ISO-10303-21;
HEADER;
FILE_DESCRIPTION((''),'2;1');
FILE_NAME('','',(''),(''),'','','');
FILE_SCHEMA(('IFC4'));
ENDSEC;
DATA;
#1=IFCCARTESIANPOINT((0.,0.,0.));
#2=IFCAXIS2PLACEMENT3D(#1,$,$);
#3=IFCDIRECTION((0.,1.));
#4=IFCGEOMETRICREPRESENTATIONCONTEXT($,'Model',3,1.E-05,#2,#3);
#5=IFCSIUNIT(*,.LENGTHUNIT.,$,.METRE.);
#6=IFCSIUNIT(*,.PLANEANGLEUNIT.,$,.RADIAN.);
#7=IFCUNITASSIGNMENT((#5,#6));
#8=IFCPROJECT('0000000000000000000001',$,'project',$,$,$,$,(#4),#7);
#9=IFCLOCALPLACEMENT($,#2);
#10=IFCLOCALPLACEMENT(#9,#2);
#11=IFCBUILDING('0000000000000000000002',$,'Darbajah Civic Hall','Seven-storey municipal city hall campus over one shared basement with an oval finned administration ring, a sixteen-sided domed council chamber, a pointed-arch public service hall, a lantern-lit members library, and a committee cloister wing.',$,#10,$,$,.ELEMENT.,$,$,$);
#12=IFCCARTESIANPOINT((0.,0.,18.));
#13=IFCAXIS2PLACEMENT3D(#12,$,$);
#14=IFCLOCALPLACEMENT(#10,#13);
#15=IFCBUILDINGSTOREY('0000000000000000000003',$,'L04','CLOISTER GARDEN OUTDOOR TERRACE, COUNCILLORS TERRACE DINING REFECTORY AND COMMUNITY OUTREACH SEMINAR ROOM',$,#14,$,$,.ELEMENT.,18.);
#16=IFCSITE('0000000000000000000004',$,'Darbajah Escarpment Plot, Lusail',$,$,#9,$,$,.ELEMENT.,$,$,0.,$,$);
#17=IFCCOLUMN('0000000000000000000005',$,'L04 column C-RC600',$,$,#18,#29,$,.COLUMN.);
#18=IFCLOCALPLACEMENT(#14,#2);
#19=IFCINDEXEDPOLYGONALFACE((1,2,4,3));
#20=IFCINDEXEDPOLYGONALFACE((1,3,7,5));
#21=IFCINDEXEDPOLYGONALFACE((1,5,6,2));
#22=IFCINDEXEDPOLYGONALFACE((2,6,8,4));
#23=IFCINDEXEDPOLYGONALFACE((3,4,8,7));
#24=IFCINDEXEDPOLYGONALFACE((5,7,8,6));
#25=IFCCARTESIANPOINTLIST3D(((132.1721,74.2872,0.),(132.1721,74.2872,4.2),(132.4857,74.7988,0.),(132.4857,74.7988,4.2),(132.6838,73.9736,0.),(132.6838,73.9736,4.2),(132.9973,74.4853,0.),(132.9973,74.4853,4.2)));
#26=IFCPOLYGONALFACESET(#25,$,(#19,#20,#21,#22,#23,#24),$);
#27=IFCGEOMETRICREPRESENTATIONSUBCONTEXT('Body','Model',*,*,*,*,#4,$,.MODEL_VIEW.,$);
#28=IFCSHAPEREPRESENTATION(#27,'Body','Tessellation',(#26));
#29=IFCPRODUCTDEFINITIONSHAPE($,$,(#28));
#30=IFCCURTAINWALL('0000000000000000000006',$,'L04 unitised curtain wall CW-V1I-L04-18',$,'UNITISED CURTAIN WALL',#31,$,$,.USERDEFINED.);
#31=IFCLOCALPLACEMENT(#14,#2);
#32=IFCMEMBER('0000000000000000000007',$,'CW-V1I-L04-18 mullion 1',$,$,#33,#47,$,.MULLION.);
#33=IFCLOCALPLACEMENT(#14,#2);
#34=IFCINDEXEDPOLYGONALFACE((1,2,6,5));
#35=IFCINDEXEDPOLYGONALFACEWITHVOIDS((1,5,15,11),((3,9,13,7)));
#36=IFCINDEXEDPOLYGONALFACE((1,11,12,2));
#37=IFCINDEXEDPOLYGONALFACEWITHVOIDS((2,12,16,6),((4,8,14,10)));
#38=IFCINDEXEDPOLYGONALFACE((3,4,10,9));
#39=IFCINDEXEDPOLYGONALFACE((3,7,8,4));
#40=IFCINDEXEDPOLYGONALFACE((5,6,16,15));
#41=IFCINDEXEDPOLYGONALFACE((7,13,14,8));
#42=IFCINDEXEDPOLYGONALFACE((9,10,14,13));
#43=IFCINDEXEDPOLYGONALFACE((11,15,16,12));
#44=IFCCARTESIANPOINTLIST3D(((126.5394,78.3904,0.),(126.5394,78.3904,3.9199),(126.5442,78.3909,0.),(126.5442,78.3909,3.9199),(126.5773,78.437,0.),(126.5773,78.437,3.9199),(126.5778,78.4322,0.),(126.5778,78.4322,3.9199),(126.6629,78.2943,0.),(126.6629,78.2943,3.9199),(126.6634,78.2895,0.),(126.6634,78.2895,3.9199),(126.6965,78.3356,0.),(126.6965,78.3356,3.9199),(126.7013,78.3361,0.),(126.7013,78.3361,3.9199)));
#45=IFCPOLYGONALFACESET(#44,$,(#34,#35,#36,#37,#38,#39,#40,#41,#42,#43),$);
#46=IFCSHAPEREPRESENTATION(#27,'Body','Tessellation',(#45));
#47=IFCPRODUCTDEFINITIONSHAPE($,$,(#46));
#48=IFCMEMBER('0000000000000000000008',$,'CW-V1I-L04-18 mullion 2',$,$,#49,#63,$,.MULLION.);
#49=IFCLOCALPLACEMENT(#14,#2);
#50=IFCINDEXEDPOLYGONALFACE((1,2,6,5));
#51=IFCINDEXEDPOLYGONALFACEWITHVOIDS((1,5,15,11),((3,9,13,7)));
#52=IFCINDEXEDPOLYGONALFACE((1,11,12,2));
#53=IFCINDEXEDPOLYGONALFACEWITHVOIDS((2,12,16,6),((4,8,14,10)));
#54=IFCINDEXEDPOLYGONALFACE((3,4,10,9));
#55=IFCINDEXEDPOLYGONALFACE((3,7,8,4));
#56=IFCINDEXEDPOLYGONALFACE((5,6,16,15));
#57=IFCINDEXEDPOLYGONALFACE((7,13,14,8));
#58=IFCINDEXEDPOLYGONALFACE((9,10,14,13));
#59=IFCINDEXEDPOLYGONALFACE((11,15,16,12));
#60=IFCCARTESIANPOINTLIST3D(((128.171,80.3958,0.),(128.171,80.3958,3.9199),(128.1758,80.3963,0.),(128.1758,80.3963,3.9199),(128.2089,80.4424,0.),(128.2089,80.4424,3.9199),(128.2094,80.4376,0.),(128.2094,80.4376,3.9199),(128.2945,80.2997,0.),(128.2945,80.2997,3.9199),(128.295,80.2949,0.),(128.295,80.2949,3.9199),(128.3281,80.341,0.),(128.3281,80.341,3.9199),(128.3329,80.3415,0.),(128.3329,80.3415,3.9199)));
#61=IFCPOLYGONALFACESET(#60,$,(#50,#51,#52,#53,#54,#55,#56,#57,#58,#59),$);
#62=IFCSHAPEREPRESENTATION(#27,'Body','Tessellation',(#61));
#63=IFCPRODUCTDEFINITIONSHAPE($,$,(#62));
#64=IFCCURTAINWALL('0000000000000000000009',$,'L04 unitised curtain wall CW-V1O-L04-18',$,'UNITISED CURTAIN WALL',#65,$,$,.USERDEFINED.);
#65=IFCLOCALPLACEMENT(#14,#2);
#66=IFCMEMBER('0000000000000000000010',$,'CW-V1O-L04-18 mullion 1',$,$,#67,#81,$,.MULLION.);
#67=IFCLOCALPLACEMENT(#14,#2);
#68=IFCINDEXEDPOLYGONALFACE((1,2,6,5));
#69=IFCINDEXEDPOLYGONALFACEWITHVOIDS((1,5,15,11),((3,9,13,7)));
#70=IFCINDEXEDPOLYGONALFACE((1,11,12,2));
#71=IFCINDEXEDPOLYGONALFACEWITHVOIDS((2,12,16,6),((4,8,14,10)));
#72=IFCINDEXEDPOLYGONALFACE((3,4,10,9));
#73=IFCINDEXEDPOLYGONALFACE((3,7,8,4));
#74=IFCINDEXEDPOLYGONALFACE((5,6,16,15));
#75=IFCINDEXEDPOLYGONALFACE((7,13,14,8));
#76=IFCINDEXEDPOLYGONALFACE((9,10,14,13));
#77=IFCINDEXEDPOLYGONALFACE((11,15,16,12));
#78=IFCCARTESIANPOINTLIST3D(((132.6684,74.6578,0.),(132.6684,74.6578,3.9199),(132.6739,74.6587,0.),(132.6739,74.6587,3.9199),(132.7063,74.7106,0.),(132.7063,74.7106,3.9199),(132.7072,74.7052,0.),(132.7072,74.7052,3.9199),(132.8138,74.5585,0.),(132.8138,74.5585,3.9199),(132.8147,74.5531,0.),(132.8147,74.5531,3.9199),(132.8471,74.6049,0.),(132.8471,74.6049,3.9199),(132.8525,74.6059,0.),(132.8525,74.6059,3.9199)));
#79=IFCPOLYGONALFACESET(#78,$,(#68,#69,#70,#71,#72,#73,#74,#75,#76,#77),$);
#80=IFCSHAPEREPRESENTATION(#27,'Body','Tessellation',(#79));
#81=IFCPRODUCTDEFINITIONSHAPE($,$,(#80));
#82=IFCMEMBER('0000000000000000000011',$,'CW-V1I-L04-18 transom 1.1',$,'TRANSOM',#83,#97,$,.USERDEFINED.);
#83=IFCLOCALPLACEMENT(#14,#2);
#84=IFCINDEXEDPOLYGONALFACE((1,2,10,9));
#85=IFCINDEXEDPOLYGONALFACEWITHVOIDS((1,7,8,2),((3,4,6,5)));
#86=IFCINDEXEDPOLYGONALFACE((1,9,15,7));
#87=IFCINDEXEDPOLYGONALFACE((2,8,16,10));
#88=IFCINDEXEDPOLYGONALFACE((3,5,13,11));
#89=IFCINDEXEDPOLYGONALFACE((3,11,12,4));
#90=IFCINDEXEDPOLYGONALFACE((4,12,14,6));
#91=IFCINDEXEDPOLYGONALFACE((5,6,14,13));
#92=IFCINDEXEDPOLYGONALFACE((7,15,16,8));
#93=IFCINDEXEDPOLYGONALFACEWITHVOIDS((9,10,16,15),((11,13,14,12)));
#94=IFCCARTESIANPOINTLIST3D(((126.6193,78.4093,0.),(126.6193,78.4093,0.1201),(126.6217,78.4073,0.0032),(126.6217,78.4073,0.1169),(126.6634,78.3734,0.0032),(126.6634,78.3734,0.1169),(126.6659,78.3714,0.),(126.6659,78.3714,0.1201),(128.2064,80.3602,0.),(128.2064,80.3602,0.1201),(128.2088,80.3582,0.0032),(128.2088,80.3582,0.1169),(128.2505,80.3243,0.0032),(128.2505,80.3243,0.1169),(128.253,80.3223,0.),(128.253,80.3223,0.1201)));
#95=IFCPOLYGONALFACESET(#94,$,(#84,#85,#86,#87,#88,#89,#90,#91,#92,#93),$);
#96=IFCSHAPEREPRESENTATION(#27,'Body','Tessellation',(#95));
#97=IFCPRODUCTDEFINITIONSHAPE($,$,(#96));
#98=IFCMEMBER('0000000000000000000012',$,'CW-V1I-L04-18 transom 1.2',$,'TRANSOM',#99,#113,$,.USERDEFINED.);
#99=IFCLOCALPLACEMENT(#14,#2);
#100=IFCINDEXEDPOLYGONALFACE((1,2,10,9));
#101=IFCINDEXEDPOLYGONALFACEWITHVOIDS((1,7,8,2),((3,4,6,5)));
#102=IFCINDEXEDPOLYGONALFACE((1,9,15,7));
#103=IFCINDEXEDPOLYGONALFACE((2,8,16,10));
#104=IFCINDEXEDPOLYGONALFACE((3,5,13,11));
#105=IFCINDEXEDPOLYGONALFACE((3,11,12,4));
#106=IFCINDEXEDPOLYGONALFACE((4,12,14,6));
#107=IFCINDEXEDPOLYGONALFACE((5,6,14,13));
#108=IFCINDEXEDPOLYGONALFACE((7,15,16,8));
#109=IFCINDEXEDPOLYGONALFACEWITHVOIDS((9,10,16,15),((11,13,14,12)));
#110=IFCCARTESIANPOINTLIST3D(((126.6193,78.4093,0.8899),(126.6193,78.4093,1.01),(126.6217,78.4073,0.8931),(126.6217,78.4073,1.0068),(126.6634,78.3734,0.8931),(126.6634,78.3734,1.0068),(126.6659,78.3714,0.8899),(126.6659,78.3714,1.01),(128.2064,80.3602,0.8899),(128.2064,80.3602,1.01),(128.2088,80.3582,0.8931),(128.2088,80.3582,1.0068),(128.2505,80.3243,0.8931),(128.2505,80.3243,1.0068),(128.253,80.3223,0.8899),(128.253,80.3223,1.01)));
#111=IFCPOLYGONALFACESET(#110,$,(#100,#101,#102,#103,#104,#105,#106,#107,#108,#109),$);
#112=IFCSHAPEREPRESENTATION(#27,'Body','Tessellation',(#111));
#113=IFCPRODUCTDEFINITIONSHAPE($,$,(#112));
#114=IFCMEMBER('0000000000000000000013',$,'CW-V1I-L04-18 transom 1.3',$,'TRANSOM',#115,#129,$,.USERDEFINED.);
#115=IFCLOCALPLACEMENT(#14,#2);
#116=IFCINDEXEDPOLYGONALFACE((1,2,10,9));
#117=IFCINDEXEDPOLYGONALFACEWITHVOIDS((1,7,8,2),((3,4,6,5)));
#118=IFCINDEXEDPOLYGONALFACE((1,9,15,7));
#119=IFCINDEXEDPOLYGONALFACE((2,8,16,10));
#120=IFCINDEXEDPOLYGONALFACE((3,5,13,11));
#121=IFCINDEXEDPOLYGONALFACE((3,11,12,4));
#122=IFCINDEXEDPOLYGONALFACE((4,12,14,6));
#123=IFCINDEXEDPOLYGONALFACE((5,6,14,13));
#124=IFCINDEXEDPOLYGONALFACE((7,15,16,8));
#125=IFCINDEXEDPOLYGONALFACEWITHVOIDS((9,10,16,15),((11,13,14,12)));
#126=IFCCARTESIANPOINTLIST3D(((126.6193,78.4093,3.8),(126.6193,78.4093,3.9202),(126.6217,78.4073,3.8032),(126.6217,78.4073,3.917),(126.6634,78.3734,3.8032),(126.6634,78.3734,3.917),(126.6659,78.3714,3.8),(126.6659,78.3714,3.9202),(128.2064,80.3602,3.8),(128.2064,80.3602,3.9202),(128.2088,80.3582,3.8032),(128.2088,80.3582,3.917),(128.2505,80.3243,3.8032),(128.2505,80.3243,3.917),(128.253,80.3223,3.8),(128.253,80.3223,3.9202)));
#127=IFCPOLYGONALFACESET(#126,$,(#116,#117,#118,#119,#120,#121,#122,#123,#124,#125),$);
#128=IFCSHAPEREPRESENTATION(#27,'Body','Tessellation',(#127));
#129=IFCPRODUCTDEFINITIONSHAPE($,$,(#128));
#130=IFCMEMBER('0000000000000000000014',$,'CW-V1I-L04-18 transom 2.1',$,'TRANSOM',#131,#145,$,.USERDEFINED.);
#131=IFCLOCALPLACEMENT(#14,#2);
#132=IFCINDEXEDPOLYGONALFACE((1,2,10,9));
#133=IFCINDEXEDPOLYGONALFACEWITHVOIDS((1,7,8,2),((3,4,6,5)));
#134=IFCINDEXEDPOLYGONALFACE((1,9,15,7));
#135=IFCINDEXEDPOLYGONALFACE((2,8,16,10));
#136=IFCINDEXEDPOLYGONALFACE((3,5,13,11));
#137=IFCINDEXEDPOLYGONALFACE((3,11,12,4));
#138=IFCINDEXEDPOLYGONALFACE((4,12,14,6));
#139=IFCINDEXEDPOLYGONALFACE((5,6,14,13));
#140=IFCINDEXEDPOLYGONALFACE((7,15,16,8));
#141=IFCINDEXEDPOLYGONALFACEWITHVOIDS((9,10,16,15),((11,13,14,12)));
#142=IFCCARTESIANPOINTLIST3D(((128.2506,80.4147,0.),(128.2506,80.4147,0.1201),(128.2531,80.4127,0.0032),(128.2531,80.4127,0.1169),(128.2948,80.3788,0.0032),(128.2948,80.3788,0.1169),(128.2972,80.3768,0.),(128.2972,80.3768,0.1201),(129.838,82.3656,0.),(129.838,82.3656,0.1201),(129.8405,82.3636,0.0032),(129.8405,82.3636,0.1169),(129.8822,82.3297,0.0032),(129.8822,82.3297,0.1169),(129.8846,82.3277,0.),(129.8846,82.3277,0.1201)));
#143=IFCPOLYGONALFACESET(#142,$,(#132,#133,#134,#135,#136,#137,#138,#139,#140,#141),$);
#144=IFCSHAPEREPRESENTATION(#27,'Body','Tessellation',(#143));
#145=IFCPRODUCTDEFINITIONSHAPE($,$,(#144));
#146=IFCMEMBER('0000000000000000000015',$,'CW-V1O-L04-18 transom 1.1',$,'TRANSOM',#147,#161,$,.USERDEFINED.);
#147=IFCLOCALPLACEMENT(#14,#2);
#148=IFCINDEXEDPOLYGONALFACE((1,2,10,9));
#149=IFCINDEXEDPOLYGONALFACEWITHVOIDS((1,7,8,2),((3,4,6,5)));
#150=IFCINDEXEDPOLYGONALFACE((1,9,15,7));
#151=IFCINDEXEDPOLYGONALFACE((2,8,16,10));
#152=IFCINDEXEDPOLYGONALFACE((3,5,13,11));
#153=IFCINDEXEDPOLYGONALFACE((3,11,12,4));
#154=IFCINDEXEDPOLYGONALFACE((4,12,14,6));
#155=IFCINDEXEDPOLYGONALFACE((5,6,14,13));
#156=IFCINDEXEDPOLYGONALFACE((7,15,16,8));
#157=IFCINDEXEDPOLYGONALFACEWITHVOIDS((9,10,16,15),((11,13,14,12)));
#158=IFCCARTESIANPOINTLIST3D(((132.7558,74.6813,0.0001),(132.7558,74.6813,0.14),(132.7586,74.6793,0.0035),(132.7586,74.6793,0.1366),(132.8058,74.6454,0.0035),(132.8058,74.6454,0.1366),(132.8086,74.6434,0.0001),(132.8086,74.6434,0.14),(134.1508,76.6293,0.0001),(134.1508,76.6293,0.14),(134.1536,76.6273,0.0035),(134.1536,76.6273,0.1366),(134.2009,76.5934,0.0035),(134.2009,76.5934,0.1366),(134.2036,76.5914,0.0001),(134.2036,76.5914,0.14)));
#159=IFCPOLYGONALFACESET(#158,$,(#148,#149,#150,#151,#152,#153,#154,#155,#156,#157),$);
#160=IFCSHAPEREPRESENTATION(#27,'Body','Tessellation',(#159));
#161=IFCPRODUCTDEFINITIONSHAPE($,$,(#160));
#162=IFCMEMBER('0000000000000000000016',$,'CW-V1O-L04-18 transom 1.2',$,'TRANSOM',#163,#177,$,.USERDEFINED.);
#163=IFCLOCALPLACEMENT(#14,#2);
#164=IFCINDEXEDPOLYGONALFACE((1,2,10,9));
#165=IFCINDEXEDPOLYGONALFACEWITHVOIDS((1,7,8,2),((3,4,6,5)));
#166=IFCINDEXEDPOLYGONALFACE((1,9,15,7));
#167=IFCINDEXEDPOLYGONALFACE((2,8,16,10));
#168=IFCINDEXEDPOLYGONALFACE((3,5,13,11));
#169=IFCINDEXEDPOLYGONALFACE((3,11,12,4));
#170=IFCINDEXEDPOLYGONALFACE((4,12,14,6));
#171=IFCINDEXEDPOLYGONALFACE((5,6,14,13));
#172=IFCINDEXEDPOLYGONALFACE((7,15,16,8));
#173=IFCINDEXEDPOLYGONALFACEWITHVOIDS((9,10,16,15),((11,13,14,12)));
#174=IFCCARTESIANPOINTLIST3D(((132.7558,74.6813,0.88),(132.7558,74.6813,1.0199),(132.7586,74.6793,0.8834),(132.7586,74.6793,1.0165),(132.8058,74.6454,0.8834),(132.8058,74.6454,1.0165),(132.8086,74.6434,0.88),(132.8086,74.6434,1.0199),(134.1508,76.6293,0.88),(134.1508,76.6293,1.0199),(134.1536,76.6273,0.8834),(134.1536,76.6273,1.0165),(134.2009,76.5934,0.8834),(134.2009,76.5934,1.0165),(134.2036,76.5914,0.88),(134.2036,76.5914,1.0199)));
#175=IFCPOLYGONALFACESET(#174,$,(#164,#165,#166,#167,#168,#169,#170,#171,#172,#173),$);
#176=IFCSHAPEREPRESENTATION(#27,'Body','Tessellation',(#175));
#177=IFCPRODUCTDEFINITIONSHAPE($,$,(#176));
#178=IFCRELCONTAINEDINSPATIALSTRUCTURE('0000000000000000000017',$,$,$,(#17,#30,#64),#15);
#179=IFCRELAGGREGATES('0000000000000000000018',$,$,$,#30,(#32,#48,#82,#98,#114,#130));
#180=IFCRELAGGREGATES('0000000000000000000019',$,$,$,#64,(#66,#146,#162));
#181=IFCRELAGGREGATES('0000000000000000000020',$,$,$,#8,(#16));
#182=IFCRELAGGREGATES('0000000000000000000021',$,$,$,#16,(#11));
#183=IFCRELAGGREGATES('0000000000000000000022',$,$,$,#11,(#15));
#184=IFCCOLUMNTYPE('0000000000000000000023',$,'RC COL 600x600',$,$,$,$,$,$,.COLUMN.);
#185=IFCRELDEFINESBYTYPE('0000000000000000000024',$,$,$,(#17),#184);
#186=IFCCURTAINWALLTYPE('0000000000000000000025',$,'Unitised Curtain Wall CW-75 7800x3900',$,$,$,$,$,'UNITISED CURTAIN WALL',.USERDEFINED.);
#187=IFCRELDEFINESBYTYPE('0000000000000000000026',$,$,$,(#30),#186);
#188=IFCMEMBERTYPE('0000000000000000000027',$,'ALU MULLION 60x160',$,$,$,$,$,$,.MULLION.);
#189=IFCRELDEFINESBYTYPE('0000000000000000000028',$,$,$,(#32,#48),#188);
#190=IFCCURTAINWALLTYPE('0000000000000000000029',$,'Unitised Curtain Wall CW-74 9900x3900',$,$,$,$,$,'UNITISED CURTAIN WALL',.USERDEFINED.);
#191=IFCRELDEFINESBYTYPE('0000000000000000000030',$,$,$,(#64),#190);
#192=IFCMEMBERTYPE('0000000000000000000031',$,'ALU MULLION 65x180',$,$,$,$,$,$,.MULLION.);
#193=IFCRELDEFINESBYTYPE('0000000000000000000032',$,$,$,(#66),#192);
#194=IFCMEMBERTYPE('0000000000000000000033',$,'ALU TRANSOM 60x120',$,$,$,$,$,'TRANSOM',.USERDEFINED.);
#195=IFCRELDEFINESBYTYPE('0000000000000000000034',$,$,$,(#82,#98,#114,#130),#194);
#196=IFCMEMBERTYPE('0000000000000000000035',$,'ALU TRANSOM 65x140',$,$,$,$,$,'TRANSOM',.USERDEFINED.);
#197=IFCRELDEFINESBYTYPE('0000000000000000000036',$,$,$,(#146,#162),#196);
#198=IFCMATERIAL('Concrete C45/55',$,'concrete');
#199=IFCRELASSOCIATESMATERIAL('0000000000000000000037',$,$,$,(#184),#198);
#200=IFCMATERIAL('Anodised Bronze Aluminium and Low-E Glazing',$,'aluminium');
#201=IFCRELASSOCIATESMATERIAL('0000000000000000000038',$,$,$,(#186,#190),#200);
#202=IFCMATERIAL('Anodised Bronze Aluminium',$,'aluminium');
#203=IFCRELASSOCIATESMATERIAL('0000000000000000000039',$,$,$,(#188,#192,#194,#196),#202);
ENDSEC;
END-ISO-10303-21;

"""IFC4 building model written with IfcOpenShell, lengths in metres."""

from ifc_helpers import new_model, si_unit, direction, frame, origin, origin_2d, place, context, subcontext, project, spatial, rectangle, hollow_rectangle, extrude, material, material_profile, profile_set, type_object, element, aggregate, save


model = new_model("IFC4")

# Units and contexts
model_context = context("Model", 3, precision=1e-05, world=origin(), true_north=direction((0.0, 1.0)))
body_context = subcontext(model_context, "Body", "Model", "MODEL_VIEW")
ifc_project = project(units=[si_unit("LENGTHUNIT", "METRE"), si_unit("PLANEANGLEUNIT", "RADIAN")], contexts=[model_context])

# Site, building, storey
site_placement = place(None, origin())
site = spatial("IfcSite", under=ifc_project, at=site_placement, Name="Darbajah Escarpment Plot, Lusail", CompositionType="ELEMENT", RefElevation=0.0)
building_placement = place(site_placement, origin())
building = spatial("IfcBuilding", under=site, at=building_placement, Name="Darbajah Civic Hall", Description="Seven-storey municipal city hall campus over one shared basement with an oval finned administration ring, a sixteen-sided domed council chamber, a pointed-arch public service hall, a lantern-lit members library, and a committee cloister wing.", CompositionType="ELEMENT")
storey_placement = place(building_placement, frame((0.0, 0.0, 18.0)))
storey = spatial("IfcBuildingStorey", under=building, at=storey_placement, Name="L04", Description="CLOISTER GARDEN OUTDOOR TERRACE, COUNCILLORS TERRACE DINING REFECTORY AND COMMUNITY OUTREACH SEMINAR ROOM", CompositionType="ELEMENT", Elevation=18.0)

# Column
ifc_material_1 = material(Name="Concrete C45/55", Category="concrete")
ifc_material_profile_1 = material_profile(ifc_material_1, rectangle(XDim=0.6001, YDim=0.6001, at=origin_2d()), Name="RC COL 600x600")
ifc_profile_set_1 = profile_set([ifc_material_profile_1], Name="Concrete C45/55")
column_type = type_object("IfcColumnType", Name="RC COL 600x600", PredefinedType="COLUMN", material=ifc_profile_set_1)
column_placement = place(storey_placement, frame((132.5847, 74.3862, 0.0), z_axis=(0.0, 0.0, 1.0), x_axis=(0.85264, -0.522499, 0.0)))
element("IfcColumn", 1, at=column_placement, inside=storey, type_object=column_type, Name="L04 column C-RC600", PredefinedType="COLUMN", context=body_context, shape_type="SweptSolid", body=[
    extrude(rectangle(XDim=0.6001, YDim=0.6001, at=origin_2d()), origin(), (0.0, 0.0, 1.0), 4.2),
])

# Curtain wall, members
ifc_material_2 = material(Name="Anodised Bronze Aluminium and Low-E Glazing", Category="aluminium")
curtain_wall_type_1 = type_object("IfcCurtainWallType", Name="Unitised Curtain Wall CW-75 7800x3900", ElementType="UNITISED CURTAIN WALL", PredefinedType="USERDEFINED", material=ifc_material_2)
curtain_wall_1_placement = place(storey_placement, origin())
curtain_wall_1 = element("IfcCurtainWall", 2, at=curtain_wall_1_placement, inside=storey, type_object=curtain_wall_type_1, Name="L04 unitised curtain wall CW-V1I-L04-18", ObjectType="UNITISED CURTAIN WALL", PredefinedType="USERDEFINED")
ifc_material_3 = material(Name="Anodised Bronze Aluminium", Category="aluminium")
ifc_material_profile_2 = material_profile(ifc_material_3, hollow_rectangle(XDim=0.0601, YDim=0.1599, WallThickness=0.0034, at=origin_2d()), Name="ALU MULLION 60x160")
ifc_profile_set_2 = profile_set([ifc_material_profile_2], Name="Anodised Bronze Aluminium")
member_type_1 = type_object("IfcMemberType", Name="ALU MULLION 60x160", PredefinedType="MULLION", material=ifc_profile_set_2)
member_1_placement = place(storey_placement, frame((126.6204, 78.3633, 0.0), z_axis=(0.0, 0.0, 1.0), x_axis=(0.631082, 0.775716, 0.0)))
member_1 = element("IfcMember", 3, at=member_1_placement, type_object=member_type_1, Name="CW-V1I-L04-18 mullion 1", PredefinedType="MULLION", context=body_context, shape_type="SweptSolid", body=[
    extrude(hollow_rectangle(XDim=0.0601, YDim=0.1599, WallThickness=0.0034, at=origin_2d()), origin(), (0.0, 0.0, 1.0), 3.9199),
])
member_2_placement = place(storey_placement, frame((128.252, 80.3687, 0.0), z_axis=(0.0, 0.0, 1.0), x_axis=(0.631082, 0.775716, 0.0)))
member_2 = element("IfcMember", 4, at=member_2_placement, type_object=member_type_1, Name="CW-V1I-L04-18 mullion 2", PredefinedType="MULLION", context=body_context, shape_type="SweptSolid", body=[
    extrude(hollow_rectangle(XDim=0.0601, YDim=0.1599, WallThickness=0.0034, at=origin_2d()), origin(), (0.0, 0.0, 1.0), 3.9199),
])

# Curtain wall, member
curtain_wall_type_2 = type_object("IfcCurtainWallType", Name="Unitised Curtain Wall CW-74 9900x3900", ElementType="UNITISED CURTAIN WALL", PredefinedType="USERDEFINED", material=ifc_material_2)
curtain_wall_2_placement = place(storey_placement, origin())
curtain_wall_2 = element("IfcCurtainWall", 5, at=curtain_wall_2_placement, inside=storey, type_object=curtain_wall_type_2, Name="L04 unitised curtain wall CW-V1O-L04-18", ObjectType="UNITISED CURTAIN WALL", PredefinedType="USERDEFINED")
ifc_material_profile_3 = material_profile(ifc_material_3, hollow_rectangle(XDim=0.0649, YDim=0.1799, WallThickness=0.0039, at=origin_2d()), Name="ALU MULLION 65x180")
ifc_profile_set_3 = profile_set([ifc_material_profile_3], Name="Anodised Bronze Aluminium")
member_type_2 = type_object("IfcMemberType", Name="ALU MULLION 65x180", PredefinedType="MULLION", material=ifc_profile_set_3)
member_3_placement = place(storey_placement, frame((132.7605, 74.6318, 0.0), z_axis=(0.0, 0.0, 1.0), x_axis=(0.582265, 0.812999, 0.0)))
member_3 = element("IfcMember", 6, at=member_3_placement, type_object=member_type_2, Name="CW-V1O-L04-18 mullion 1", PredefinedType="MULLION", context=body_context, shape_type="SweptSolid", body=[
    extrude(hollow_rectangle(XDim=0.0649, YDim=0.1799, WallThickness=0.0039, at=origin_2d()), origin(), (0.0, 0.0, 1.0), 3.9199),
])

# Members
ifc_material_profile_4 = material_profile(ifc_material_3, hollow_rectangle(XDim=0.0601, YDim=0.1201, WallThickness=0.0032, at=origin_2d()), Name="ALU TRANSOM 60x120")
ifc_profile_set_4 = profile_set([ifc_material_profile_4], Name="Anodised Bronze Aluminium")
member_type_3 = type_object("IfcMemberType", Name="ALU TRANSOM 60x120", ElementType="TRANSOM", PredefinedType="USERDEFINED", material=ifc_profile_set_4)
member_4_placement = place(storey_placement, frame((126.6426, 78.3904, 0.0601), z_axis=(0.631079, 0.775719, 0.0), x_axis=(-0.775719, 0.631079, 0.0)))
member_4 = element("IfcMember", 7, at=member_4_placement, type_object=member_type_3, Name="CW-V1I-L04-18 transom 1.1", ObjectType="TRANSOM", PredefinedType="USERDEFINED", context=body_context, shape_type="SweptSolid", body=[
    extrude(hollow_rectangle(XDim=0.0601, YDim=0.1201, WallThickness=0.0032, at=origin_2d()), origin(), (0.0, 0.0, 1.0), 2.5149),
])
member_5_placement = place(storey_placement, frame((126.6426, 78.3904, 0.95), z_axis=(0.631079, 0.775719, 0.0), x_axis=(-0.775719, 0.631079, 0.0)))
member_5 = element("IfcMember", 8, at=member_5_placement, type_object=member_type_3, Name="CW-V1I-L04-18 transom 1.2", ObjectType="TRANSOM", PredefinedType="USERDEFINED", context=body_context, shape_type="SweptSolid", body=[
    extrude(hollow_rectangle(XDim=0.0601, YDim=0.1201, WallThickness=0.0032, at=origin_2d()), origin(), (0.0, 0.0, 1.0), 2.5149),
])
member_6_placement = place(storey_placement, frame((126.6426, 78.3904, 3.8601), z_axis=(0.631079, 0.775719, 0.0), x_axis=(-0.775719, 0.631079, 0.0)))
member_6 = element("IfcMember", 9, at=member_6_placement, type_object=member_type_3, Name="CW-V1I-L04-18 transom 1.3", ObjectType="TRANSOM", PredefinedType="USERDEFINED", context=body_context, shape_type="SweptSolid", body=[
    extrude(hollow_rectangle(XDim=0.0601, YDim=0.1201, WallThickness=0.0032, at=origin_2d()), origin(), (0.0, 0.0, 1.0), 2.5149),
])
member_7_placement = place(storey_placement, frame((128.2739, 80.3958, 0.0601), z_axis=(0.631137, 0.775671, 0.0), x_axis=(-0.775671, 0.631137, 0.0)))
member_7 = element("IfcMember", 10, at=member_7_placement, type_object=member_type_3, Name="CW-V1I-L04-18 transom 2.1", ObjectType="TRANSOM", PredefinedType="USERDEFINED", context=body_context, shape_type="SweptSolid", body=[
    extrude(hollow_rectangle(XDim=0.0601, YDim=0.1201, WallThickness=0.0032, at=origin_2d()), origin(), (0.0, 0.0, 1.0), 2.5151),
])
ifc_material_profile_5 = material_profile(ifc_material_3, hollow_rectangle(XDim=0.0649, YDim=0.1399, WallThickness=0.0034, at=origin_2d()), Name="ALU TRANSOM 65x140")
ifc_profile_set_5 = profile_set([ifc_material_profile_5], Name="Anodised Bronze Aluminium")
member_type_4 = type_object("IfcMemberType", Name="ALU TRANSOM 65x140", ElementType="TRANSOM", PredefinedType="USERDEFINED", material=ifc_profile_set_5)
member_8_placement = place(storey_placement, frame((132.7822, 74.6624, 0.0701), z_axis=(0.582231, 0.813024, 0.0), x_axis=(-0.813024, 0.582231, 0.0)))
member_8 = element("IfcMember", 11, at=member_8_placement, type_object=member_type_4, Name="CW-V1O-L04-18 transom 1.1", ObjectType="TRANSOM", PredefinedType="USERDEFINED", context=body_context, shape_type="SweptSolid", body=[
    extrude(hollow_rectangle(XDim=0.0649, YDim=0.1399, WallThickness=0.0034, at=origin_2d()), origin(), (0.0, 0.0, 1.0), 2.396),
])
member_9_placement = place(storey_placement, frame((132.7822, 74.6624, 0.95), z_axis=(0.582231, 0.813024, 0.0), x_axis=(-0.813024, 0.582231, 0.0)))
member_9 = element("IfcMember", 12, at=member_9_placement, type_object=member_type_4, Name="CW-V1O-L04-18 transom 1.2", ObjectType="TRANSOM", PredefinedType="USERDEFINED", context=body_context, shape_type="SweptSolid", body=[
    extrude(hollow_rectangle(XDim=0.0649, YDim=0.1399, WallThickness=0.0034, at=origin_2d()), origin(), (0.0, 0.0, 1.0), 2.396),
])

aggregate(curtain_wall_1, [member_1, member_2, member_4, member_5, member_6, member_7])
aggregate(curtain_wall_2, [member_3, member_8, member_9])

save(model, "model.ifc")
